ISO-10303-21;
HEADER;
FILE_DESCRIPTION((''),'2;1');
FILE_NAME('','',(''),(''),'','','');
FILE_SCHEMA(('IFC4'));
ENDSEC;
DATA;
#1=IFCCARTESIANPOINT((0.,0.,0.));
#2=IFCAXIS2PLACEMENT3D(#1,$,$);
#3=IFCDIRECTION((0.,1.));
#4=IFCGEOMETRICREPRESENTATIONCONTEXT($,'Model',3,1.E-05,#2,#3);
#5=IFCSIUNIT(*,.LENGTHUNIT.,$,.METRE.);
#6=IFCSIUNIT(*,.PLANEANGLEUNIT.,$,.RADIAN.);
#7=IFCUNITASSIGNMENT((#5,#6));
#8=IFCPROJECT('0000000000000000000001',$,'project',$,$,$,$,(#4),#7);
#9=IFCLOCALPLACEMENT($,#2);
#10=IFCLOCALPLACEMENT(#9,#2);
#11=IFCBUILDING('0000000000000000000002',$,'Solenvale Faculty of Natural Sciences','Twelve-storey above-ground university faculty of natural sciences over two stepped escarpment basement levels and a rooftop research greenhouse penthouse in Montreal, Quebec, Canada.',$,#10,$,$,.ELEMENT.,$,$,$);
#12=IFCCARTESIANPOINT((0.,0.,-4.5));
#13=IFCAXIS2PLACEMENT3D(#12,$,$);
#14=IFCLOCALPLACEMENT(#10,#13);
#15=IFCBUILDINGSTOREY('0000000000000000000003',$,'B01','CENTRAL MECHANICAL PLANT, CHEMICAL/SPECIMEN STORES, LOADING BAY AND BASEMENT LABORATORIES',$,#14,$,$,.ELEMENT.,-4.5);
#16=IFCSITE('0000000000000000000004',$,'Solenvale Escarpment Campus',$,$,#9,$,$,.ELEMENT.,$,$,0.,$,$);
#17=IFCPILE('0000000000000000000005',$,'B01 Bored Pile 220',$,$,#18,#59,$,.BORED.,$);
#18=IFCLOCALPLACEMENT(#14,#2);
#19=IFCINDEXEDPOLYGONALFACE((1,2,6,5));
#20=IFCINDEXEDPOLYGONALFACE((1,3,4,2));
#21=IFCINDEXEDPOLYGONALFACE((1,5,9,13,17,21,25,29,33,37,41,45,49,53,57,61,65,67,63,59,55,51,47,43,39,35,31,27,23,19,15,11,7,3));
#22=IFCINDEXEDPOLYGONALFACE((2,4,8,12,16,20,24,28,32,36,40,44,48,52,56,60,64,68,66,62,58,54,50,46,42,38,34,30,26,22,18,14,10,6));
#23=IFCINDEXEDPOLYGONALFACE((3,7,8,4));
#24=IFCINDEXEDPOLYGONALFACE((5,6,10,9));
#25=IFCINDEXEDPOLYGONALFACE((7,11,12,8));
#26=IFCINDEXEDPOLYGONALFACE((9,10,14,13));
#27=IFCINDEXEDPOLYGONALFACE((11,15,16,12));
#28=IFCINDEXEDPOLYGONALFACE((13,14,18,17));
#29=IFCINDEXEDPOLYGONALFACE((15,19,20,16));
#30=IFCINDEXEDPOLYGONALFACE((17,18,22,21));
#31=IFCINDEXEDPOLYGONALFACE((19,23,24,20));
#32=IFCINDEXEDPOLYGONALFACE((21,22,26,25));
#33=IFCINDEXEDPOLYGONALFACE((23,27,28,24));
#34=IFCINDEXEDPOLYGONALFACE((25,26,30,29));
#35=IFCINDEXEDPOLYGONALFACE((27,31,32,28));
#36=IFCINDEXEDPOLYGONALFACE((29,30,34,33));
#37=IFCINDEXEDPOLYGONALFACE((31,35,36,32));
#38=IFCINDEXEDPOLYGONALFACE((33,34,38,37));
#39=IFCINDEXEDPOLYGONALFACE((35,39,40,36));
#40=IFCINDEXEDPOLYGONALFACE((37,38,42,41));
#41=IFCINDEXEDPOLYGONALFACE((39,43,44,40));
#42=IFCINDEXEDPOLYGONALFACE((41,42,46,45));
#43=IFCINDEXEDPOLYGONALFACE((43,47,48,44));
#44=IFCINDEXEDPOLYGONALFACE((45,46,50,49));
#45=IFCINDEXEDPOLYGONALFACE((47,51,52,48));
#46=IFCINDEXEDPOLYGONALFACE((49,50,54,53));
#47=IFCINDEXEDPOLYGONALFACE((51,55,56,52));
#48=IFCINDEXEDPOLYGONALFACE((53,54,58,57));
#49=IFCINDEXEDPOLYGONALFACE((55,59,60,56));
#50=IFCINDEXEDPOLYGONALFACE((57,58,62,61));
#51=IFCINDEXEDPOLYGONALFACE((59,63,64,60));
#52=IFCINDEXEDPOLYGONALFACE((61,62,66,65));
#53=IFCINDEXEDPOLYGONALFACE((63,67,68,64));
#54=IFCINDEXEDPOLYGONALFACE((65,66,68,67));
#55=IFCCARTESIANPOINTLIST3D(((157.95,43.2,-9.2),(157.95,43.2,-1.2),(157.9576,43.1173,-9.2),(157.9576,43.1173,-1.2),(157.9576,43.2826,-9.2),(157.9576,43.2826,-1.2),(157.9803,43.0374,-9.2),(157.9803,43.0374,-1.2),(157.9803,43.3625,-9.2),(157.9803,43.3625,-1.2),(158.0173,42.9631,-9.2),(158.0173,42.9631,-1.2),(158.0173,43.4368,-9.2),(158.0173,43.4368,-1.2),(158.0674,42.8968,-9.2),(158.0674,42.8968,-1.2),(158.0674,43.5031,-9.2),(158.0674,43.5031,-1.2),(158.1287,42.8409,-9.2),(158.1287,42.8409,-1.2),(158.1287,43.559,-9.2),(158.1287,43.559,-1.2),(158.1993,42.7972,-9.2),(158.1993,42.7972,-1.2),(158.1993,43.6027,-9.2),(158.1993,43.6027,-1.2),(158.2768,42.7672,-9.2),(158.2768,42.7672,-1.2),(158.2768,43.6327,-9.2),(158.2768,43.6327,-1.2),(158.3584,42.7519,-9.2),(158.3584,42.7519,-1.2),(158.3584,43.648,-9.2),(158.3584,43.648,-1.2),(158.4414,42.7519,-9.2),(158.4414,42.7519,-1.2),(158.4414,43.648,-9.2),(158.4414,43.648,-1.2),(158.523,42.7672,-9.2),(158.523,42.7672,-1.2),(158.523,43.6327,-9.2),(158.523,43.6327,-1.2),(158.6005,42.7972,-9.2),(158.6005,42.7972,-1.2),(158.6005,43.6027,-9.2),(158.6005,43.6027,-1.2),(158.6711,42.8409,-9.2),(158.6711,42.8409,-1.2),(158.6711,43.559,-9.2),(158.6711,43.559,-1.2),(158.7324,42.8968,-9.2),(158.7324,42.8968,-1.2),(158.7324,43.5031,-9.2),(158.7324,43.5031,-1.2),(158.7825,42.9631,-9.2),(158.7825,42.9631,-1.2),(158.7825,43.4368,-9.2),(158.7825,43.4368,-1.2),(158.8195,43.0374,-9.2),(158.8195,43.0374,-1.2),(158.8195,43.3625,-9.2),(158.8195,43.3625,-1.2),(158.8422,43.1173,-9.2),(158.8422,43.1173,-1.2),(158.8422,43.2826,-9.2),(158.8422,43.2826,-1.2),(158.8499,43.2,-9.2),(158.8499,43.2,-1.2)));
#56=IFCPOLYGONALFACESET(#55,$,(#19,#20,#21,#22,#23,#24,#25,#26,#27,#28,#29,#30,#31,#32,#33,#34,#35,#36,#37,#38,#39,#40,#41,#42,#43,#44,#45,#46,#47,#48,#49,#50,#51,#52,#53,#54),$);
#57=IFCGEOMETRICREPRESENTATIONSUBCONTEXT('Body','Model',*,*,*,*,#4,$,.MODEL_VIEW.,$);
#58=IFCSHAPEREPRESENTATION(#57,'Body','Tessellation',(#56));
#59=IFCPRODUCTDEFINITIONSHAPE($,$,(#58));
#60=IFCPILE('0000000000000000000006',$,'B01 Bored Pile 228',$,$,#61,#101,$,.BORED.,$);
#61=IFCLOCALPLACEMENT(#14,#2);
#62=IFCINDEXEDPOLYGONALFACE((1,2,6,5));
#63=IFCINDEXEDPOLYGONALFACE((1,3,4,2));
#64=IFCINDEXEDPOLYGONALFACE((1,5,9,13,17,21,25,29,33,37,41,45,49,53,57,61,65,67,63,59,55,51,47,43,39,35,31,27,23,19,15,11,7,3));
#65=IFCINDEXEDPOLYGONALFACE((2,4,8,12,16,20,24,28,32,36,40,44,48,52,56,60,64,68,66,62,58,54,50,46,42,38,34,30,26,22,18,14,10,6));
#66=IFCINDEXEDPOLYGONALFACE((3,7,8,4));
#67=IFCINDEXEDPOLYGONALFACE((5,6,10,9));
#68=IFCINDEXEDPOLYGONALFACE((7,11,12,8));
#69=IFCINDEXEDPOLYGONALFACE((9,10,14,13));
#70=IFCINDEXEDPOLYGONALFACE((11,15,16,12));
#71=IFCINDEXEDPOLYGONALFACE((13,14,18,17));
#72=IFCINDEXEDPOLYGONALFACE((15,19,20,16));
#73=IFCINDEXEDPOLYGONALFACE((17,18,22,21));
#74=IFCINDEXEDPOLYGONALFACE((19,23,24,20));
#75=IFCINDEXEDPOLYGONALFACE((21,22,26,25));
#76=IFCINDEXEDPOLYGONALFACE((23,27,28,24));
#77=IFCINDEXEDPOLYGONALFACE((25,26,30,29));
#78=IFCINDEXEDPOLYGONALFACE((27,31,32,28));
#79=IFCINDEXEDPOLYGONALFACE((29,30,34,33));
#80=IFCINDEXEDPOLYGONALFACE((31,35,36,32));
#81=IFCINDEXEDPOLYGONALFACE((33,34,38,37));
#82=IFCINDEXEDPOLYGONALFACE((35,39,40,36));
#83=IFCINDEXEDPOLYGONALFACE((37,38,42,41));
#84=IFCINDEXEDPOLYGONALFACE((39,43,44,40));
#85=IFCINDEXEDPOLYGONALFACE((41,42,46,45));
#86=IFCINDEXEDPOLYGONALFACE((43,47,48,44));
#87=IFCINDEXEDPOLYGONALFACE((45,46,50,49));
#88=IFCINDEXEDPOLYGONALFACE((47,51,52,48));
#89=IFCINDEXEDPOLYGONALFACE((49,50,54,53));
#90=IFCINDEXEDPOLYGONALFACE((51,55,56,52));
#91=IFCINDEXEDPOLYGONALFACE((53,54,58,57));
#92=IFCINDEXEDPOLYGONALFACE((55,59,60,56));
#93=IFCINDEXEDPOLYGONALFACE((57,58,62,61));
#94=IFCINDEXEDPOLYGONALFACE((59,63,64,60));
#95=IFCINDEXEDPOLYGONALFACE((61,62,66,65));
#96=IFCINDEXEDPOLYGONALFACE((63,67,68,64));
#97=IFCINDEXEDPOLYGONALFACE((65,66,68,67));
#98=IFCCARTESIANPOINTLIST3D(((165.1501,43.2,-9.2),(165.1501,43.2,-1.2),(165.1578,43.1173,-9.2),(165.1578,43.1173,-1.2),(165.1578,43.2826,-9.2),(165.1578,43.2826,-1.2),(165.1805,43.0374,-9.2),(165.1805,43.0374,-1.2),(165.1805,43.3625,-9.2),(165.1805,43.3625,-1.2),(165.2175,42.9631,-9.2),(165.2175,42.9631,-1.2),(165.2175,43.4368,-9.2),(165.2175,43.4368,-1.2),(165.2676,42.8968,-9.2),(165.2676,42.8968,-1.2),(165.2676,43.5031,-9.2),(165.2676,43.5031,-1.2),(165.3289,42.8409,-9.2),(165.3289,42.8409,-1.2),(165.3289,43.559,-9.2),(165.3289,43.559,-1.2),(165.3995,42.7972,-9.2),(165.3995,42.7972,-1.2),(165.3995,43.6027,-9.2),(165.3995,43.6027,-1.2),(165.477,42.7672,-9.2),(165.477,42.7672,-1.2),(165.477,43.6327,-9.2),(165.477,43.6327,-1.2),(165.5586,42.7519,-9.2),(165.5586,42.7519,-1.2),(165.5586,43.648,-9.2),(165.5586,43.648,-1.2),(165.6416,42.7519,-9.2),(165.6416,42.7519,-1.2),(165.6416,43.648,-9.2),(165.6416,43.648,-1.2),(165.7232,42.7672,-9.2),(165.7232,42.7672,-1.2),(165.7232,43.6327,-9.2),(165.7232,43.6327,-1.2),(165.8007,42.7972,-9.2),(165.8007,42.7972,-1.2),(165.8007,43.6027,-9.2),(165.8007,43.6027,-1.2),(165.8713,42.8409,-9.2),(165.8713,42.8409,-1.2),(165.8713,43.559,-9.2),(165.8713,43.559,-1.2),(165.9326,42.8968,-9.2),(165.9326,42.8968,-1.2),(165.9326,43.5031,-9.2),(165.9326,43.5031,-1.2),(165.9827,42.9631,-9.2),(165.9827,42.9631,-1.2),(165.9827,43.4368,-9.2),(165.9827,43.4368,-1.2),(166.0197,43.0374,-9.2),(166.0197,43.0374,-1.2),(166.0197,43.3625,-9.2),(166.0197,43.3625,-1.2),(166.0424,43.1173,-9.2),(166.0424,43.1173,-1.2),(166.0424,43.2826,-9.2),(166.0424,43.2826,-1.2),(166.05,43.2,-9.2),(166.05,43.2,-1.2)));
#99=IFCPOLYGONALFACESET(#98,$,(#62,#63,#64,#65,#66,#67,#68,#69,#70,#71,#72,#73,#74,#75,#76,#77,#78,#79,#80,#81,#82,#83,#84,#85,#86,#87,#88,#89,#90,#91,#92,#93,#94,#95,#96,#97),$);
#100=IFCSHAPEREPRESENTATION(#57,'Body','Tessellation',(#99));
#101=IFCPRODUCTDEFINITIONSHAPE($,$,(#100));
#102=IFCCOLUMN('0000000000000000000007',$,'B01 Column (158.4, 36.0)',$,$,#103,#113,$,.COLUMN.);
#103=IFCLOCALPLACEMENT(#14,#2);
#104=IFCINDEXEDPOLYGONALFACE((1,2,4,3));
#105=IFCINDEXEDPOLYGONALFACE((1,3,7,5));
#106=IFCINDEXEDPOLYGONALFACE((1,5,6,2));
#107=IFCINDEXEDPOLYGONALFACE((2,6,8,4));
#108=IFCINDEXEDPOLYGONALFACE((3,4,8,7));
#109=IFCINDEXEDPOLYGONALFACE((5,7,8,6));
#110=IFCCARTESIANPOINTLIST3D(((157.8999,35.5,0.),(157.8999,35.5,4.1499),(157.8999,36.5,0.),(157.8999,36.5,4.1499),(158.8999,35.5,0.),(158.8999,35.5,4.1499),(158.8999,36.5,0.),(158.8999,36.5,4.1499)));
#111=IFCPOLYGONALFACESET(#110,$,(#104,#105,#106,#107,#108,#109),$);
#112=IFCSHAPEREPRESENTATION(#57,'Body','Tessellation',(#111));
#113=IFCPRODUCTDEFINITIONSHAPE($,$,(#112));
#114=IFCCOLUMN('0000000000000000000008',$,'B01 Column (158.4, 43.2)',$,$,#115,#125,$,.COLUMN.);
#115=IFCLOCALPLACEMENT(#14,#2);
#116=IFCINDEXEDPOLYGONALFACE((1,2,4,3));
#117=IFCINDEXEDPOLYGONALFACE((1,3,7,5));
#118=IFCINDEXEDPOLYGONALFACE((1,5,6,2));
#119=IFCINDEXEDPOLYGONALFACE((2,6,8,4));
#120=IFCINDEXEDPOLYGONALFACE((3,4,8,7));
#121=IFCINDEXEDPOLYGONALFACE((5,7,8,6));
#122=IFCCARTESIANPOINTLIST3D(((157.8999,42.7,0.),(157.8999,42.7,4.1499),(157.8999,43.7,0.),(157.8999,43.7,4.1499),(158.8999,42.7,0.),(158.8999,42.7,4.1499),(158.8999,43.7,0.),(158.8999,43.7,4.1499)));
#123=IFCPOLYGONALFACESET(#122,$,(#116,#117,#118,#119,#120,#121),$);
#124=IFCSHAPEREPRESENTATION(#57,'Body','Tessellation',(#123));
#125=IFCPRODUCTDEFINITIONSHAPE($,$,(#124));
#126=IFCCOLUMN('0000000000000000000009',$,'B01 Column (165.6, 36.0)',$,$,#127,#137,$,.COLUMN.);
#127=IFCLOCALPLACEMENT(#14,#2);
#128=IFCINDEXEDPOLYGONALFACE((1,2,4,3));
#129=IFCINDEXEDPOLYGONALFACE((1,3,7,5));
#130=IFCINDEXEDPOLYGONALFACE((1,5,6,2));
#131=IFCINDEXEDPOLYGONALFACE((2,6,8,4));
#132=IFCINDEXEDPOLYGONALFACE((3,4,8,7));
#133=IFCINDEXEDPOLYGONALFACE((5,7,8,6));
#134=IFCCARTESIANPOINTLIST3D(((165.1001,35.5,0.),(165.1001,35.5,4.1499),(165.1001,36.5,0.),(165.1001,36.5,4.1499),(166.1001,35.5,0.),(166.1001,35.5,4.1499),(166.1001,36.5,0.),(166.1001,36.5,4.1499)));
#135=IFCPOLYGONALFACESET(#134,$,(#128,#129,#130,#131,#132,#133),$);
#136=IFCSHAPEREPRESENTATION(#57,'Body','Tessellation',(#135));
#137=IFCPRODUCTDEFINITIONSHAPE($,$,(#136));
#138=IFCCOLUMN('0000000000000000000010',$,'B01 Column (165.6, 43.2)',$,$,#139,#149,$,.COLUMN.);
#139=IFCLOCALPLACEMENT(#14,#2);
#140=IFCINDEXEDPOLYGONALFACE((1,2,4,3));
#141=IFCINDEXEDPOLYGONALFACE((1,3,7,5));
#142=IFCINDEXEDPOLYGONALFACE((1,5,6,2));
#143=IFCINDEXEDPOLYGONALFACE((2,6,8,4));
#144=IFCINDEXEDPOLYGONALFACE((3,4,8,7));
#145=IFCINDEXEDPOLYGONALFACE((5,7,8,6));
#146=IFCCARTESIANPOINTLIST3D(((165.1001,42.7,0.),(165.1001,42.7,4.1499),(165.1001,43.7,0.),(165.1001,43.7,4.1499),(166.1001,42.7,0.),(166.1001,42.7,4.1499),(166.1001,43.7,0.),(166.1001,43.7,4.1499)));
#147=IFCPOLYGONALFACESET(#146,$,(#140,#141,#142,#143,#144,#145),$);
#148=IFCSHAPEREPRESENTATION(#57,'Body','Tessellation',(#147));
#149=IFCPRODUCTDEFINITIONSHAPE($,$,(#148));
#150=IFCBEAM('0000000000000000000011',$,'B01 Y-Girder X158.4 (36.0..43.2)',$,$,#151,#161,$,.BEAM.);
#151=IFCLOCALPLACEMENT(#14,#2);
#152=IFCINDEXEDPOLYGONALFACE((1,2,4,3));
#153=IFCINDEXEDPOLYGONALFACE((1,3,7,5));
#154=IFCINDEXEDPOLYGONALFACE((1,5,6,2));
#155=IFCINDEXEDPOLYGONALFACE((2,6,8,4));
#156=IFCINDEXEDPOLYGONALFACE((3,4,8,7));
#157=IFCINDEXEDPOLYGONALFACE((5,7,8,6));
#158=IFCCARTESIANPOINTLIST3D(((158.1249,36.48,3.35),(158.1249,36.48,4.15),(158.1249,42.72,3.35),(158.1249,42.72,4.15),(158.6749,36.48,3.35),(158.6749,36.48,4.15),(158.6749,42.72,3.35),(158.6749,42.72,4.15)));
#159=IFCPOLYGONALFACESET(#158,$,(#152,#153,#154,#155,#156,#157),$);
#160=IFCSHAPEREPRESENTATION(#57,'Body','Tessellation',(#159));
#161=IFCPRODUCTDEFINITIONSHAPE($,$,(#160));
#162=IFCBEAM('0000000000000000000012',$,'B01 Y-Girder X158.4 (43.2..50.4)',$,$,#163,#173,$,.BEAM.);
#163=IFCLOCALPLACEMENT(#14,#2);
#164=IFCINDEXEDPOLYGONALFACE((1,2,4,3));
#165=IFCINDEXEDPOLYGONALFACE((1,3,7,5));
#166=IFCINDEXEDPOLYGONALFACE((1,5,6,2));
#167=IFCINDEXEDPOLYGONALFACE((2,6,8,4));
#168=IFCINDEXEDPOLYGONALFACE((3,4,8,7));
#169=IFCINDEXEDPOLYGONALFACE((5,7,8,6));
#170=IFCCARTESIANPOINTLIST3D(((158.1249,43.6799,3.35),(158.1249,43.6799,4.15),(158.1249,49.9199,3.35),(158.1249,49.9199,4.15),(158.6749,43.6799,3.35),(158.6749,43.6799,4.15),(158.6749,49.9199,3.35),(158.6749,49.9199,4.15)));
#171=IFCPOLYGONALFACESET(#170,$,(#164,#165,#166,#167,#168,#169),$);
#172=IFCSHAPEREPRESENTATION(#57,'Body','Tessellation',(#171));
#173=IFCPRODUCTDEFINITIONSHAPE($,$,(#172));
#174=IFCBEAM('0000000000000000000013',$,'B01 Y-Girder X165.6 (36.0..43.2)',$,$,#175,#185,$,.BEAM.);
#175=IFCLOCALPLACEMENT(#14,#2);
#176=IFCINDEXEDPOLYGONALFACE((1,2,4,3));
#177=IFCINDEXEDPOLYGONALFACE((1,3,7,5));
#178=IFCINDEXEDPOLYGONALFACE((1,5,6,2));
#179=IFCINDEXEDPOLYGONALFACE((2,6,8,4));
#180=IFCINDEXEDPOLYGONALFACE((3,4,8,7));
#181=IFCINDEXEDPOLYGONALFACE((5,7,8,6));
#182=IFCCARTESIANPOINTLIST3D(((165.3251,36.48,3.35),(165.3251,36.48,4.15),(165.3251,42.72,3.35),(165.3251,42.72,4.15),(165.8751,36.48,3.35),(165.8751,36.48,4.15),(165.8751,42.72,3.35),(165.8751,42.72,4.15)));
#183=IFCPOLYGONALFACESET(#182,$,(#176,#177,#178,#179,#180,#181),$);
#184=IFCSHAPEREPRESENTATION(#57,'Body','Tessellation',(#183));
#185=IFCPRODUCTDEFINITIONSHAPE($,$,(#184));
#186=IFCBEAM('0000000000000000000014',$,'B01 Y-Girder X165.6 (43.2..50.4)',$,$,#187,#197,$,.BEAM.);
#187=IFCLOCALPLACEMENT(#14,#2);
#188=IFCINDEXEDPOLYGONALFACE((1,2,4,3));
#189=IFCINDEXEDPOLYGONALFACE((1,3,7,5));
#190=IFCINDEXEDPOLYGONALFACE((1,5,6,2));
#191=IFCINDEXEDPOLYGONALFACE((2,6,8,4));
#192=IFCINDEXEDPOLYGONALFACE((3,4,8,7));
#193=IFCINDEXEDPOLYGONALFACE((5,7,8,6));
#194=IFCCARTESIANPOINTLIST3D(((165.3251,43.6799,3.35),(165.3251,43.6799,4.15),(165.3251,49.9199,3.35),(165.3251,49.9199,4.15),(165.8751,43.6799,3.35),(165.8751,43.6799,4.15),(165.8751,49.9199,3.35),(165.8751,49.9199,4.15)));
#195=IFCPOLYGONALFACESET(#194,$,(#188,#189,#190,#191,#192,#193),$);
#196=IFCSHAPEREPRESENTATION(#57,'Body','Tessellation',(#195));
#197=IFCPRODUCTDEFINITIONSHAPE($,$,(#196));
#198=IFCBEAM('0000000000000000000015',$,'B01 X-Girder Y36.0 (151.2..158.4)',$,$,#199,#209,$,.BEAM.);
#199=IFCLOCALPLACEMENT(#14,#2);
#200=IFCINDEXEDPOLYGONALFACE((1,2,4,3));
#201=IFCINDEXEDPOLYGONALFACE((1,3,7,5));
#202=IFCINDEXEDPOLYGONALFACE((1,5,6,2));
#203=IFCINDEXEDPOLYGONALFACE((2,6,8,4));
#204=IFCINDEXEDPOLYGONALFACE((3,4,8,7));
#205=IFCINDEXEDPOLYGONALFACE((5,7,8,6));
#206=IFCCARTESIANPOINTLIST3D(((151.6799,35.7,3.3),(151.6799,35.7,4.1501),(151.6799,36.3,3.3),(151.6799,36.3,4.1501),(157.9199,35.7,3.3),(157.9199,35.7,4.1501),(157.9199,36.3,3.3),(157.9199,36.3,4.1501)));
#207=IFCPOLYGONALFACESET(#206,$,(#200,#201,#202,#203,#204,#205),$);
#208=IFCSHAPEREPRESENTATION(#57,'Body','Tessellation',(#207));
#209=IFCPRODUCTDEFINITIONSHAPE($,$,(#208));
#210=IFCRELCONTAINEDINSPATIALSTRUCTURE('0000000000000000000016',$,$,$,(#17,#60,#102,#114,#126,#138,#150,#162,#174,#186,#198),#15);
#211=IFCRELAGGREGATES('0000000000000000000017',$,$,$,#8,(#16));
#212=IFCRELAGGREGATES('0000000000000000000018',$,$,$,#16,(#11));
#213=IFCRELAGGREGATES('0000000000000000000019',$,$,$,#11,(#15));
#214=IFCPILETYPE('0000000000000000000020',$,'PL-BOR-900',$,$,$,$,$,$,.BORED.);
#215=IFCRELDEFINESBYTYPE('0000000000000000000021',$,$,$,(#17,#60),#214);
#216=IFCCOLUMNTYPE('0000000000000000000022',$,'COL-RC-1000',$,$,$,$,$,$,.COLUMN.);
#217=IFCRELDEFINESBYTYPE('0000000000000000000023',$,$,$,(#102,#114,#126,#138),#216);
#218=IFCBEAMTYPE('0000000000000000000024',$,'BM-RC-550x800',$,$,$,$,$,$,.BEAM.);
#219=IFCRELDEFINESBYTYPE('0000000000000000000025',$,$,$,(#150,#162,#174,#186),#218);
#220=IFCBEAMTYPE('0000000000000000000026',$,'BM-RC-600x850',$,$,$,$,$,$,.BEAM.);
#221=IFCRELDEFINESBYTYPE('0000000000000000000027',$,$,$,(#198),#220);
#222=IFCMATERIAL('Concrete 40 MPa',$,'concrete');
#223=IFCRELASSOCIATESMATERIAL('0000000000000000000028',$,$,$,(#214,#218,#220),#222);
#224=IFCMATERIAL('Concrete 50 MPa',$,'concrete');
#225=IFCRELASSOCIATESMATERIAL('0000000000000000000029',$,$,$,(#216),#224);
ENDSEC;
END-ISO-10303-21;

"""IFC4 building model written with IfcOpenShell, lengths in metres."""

from ifc_helpers import new_model, si_unit, direction, frame, origin, origin_2d, place, context, subcontext, project, spatial, rectangle, circle, extrude, material, material_profile, profile_set, type_object, element, save


model = new_model("IFC4")

# Units and contexts
model_context = context("Model", 3, precision=1e-05, world=origin(), true_north=direction((0.0, 1.0)))
body_context = subcontext(model_context, "Body", "Model", "MODEL_VIEW")
ifc_project = project(units=[si_unit("LENGTHUNIT", "METRE"), si_unit("PLANEANGLEUNIT", "RADIAN")], contexts=[model_context])

# Site, building, storey
site_placement = place(None, origin())
site = spatial("IfcSite", under=ifc_project, at=site_placement, Name="Solenvale Escarpment Campus", CompositionType="ELEMENT", RefElevation=0.0)
building_placement = place(site_placement, origin())
building = spatial("IfcBuilding", under=site, at=building_placement, Name="Solenvale Faculty of Natural Sciences", Description="Twelve-storey above-ground university faculty of natural sciences over two stepped escarpment basement levels and a rooftop research greenhouse penthouse in Montreal, Quebec, Canada.", CompositionType="ELEMENT")
storey_placement = place(building_placement, frame((0.0, 0.0, -4.5)))
storey = spatial("IfcBuildingStorey", under=building, at=storey_placement, Name="B01", Description="CENTRAL MECHANICAL PLANT, CHEMICAL/SPECIMEN STORES, LOADING BAY AND BASEMENT LABORATORIES", CompositionType="ELEMENT", Elevation=-4.5)

# Shared definitions
ifc_material_1 = material(Name="Concrete 40 MPa", Category="concrete")

# Piles
ifc_material_profile_1 = material_profile(ifc_material_1, circle(Radius=0.45, at=origin_2d()), Name="PILE-D900")
ifc_profile_set_1 = profile_set([ifc_material_profile_1], Name="Concrete 40 MPa")
pile_type_1 = type_object("IfcPileType", Name="PL-BOR-900", PredefinedType="BORED", material=ifc_profile_set_1)
for number, where, z_axis, x_axis, name in (
    (1, (158.3999, 43.2, -1.2), (0.0, 0.0, -1.0), (1.0, 0.0, 0.0), "B01 Bored Pile 220"),
    (2, (165.6001, 43.2, -1.2), (0.0, 0.0, -1.0), (1.0, 0.0, 0.0), "B01 Bored Pile 228"),
):
    element("IfcPile", number, at=place(storey_placement, frame(where, z_axis=z_axis, x_axis=x_axis)), inside=storey, type_object=pile_type_1, Name=name, PredefinedType="BORED", context=body_context, shape_type="SweptSolid", body=[
        extrude(circle(Radius=0.45, at=origin_2d()), origin(), (0.0, 0.0, 1.0), 8.0),
    ])

# Columns
ifc_material_2 = material(Name="Concrete 50 MPa", Category="concrete")
ifc_material_profile_2 = material_profile(ifc_material_2, rectangle(XDim=1.0, YDim=1.0, at=origin_2d()), Name="RC-COL-1000x1000")
ifc_profile_set_2 = profile_set([ifc_material_profile_2], Name="Concrete 50 MPa")
column_type = type_object("IfcColumnType", Name="COL-RC-1000", PredefinedType="COLUMN", material=ifc_profile_set_2)
for number, where, z_axis, x_axis, name in (
    (3, (158.3999, 36.0, 0.0), (0.0, 0.0, 1.0), (1.0, 0.0, 0.0), "B01 Column (158.4, 36.0)"),
    (4, (158.3999, 43.2, 0.0), (0.0, 0.0, 1.0), (1.0, 0.0, 0.0), "B01 Column (158.4, 43.2)"),
    (5, (165.6001, 36.0, 0.0), (0.0, 0.0, 1.0), (1.0, 0.0, 0.0), "B01 Column (165.6, 36.0)"),
    (6, (165.6001, 43.2, 0.0), (0.0, 0.0, 1.0), (1.0, 0.0, 0.0), "B01 Column (165.6, 43.2)"),
):
    element("IfcColumn", number, at=place(storey_placement, frame(where, z_axis=z_axis, x_axis=x_axis)), inside=storey, type_object=column_type, Name=name, PredefinedType="COLUMN", context=body_context, shape_type="SweptSolid", body=[
        extrude(rectangle(XDim=1.0, YDim=1.0, at=origin_2d()), origin(), (0.0, 0.0, 1.0), 4.1499),
    ])

# Beams
ifc_material_profile_3 = material_profile(ifc_material_1, rectangle(XDim=0.55, YDim=0.8, at=origin_2d()), Name="RC-BM-550x800")
ifc_profile_set_3 = profile_set([ifc_material_profile_3], Name="Concrete 40 MPa")
beam_type_1 = type_object("IfcBeamType", Name="BM-RC-550x800", PredefinedType="BEAM", material=ifc_profile_set_3)
for number, where, z_axis, x_axis, name in (
    (7, (158.3999, 36.48, 3.75), (0.0, 1.0, 0.0), (-1.0, 0.0, 0.0), "B01 Y-Girder X158.4 (36.0..43.2)"),
    (8, (158.3999, 43.6799, 3.75), (0.0, 1.0, 0.0), (-1.0, 0.0, 0.0), "B01 Y-Girder X158.4 (43.2..50.4)"),
    (9, (165.6001, 36.48, 3.75), (0.0, 1.0, 0.0), (-1.0, 0.0, 0.0), "B01 Y-Girder X165.6 (36.0..43.2)"),
    (10, (165.6001, 43.6799, 3.75), (0.0, 1.0, 0.0), (-1.0, 0.0, 0.0), "B01 Y-Girder X165.6 (43.2..50.4)"),
):
    element("IfcBeam", number, at=place(storey_placement, frame(where, z_axis=z_axis, x_axis=x_axis)), inside=storey, type_object=beam_type_1, Name=name, PredefinedType="BEAM", context=body_context, shape_type="SweptSolid", body=[
        extrude(rectangle(XDim=0.55, YDim=0.8, at=origin_2d()), origin(), (0.0, 0.0, 1.0), 6.24),
    ])
ifc_material_profile_4 = material_profile(ifc_material_1, rectangle(XDim=0.6001, YDim=0.8501, at=origin_2d()), Name="RC-BM-600x850")
ifc_profile_set_4 = profile_set([ifc_material_profile_4], Name="Concrete 40 MPa")
beam_type_2 = type_object("IfcBeamType", Name="BM-RC-600x850", PredefinedType="BEAM", material=ifc_profile_set_4)
beam_1_placement = place(storey_placement, frame((151.6799, 36.0, 3.7251), z_axis=(1.0, 0.0, 0.0), x_axis=(0.0, 1.0, 0.0)))
element("IfcBeam", 11, at=beam_1_placement, inside=storey, type_object=beam_type_2, Name="B01 X-Girder Y36.0 (151.2..158.4)", PredefinedType="BEAM", context=body_context, shape_type="SweptSolid", body=[
    extrude(rectangle(XDim=0.6001, YDim=0.8501, at=origin_2d()), origin(), (0.0, 0.0, 1.0), 6.24),
])

save(model, "model.ifc")
